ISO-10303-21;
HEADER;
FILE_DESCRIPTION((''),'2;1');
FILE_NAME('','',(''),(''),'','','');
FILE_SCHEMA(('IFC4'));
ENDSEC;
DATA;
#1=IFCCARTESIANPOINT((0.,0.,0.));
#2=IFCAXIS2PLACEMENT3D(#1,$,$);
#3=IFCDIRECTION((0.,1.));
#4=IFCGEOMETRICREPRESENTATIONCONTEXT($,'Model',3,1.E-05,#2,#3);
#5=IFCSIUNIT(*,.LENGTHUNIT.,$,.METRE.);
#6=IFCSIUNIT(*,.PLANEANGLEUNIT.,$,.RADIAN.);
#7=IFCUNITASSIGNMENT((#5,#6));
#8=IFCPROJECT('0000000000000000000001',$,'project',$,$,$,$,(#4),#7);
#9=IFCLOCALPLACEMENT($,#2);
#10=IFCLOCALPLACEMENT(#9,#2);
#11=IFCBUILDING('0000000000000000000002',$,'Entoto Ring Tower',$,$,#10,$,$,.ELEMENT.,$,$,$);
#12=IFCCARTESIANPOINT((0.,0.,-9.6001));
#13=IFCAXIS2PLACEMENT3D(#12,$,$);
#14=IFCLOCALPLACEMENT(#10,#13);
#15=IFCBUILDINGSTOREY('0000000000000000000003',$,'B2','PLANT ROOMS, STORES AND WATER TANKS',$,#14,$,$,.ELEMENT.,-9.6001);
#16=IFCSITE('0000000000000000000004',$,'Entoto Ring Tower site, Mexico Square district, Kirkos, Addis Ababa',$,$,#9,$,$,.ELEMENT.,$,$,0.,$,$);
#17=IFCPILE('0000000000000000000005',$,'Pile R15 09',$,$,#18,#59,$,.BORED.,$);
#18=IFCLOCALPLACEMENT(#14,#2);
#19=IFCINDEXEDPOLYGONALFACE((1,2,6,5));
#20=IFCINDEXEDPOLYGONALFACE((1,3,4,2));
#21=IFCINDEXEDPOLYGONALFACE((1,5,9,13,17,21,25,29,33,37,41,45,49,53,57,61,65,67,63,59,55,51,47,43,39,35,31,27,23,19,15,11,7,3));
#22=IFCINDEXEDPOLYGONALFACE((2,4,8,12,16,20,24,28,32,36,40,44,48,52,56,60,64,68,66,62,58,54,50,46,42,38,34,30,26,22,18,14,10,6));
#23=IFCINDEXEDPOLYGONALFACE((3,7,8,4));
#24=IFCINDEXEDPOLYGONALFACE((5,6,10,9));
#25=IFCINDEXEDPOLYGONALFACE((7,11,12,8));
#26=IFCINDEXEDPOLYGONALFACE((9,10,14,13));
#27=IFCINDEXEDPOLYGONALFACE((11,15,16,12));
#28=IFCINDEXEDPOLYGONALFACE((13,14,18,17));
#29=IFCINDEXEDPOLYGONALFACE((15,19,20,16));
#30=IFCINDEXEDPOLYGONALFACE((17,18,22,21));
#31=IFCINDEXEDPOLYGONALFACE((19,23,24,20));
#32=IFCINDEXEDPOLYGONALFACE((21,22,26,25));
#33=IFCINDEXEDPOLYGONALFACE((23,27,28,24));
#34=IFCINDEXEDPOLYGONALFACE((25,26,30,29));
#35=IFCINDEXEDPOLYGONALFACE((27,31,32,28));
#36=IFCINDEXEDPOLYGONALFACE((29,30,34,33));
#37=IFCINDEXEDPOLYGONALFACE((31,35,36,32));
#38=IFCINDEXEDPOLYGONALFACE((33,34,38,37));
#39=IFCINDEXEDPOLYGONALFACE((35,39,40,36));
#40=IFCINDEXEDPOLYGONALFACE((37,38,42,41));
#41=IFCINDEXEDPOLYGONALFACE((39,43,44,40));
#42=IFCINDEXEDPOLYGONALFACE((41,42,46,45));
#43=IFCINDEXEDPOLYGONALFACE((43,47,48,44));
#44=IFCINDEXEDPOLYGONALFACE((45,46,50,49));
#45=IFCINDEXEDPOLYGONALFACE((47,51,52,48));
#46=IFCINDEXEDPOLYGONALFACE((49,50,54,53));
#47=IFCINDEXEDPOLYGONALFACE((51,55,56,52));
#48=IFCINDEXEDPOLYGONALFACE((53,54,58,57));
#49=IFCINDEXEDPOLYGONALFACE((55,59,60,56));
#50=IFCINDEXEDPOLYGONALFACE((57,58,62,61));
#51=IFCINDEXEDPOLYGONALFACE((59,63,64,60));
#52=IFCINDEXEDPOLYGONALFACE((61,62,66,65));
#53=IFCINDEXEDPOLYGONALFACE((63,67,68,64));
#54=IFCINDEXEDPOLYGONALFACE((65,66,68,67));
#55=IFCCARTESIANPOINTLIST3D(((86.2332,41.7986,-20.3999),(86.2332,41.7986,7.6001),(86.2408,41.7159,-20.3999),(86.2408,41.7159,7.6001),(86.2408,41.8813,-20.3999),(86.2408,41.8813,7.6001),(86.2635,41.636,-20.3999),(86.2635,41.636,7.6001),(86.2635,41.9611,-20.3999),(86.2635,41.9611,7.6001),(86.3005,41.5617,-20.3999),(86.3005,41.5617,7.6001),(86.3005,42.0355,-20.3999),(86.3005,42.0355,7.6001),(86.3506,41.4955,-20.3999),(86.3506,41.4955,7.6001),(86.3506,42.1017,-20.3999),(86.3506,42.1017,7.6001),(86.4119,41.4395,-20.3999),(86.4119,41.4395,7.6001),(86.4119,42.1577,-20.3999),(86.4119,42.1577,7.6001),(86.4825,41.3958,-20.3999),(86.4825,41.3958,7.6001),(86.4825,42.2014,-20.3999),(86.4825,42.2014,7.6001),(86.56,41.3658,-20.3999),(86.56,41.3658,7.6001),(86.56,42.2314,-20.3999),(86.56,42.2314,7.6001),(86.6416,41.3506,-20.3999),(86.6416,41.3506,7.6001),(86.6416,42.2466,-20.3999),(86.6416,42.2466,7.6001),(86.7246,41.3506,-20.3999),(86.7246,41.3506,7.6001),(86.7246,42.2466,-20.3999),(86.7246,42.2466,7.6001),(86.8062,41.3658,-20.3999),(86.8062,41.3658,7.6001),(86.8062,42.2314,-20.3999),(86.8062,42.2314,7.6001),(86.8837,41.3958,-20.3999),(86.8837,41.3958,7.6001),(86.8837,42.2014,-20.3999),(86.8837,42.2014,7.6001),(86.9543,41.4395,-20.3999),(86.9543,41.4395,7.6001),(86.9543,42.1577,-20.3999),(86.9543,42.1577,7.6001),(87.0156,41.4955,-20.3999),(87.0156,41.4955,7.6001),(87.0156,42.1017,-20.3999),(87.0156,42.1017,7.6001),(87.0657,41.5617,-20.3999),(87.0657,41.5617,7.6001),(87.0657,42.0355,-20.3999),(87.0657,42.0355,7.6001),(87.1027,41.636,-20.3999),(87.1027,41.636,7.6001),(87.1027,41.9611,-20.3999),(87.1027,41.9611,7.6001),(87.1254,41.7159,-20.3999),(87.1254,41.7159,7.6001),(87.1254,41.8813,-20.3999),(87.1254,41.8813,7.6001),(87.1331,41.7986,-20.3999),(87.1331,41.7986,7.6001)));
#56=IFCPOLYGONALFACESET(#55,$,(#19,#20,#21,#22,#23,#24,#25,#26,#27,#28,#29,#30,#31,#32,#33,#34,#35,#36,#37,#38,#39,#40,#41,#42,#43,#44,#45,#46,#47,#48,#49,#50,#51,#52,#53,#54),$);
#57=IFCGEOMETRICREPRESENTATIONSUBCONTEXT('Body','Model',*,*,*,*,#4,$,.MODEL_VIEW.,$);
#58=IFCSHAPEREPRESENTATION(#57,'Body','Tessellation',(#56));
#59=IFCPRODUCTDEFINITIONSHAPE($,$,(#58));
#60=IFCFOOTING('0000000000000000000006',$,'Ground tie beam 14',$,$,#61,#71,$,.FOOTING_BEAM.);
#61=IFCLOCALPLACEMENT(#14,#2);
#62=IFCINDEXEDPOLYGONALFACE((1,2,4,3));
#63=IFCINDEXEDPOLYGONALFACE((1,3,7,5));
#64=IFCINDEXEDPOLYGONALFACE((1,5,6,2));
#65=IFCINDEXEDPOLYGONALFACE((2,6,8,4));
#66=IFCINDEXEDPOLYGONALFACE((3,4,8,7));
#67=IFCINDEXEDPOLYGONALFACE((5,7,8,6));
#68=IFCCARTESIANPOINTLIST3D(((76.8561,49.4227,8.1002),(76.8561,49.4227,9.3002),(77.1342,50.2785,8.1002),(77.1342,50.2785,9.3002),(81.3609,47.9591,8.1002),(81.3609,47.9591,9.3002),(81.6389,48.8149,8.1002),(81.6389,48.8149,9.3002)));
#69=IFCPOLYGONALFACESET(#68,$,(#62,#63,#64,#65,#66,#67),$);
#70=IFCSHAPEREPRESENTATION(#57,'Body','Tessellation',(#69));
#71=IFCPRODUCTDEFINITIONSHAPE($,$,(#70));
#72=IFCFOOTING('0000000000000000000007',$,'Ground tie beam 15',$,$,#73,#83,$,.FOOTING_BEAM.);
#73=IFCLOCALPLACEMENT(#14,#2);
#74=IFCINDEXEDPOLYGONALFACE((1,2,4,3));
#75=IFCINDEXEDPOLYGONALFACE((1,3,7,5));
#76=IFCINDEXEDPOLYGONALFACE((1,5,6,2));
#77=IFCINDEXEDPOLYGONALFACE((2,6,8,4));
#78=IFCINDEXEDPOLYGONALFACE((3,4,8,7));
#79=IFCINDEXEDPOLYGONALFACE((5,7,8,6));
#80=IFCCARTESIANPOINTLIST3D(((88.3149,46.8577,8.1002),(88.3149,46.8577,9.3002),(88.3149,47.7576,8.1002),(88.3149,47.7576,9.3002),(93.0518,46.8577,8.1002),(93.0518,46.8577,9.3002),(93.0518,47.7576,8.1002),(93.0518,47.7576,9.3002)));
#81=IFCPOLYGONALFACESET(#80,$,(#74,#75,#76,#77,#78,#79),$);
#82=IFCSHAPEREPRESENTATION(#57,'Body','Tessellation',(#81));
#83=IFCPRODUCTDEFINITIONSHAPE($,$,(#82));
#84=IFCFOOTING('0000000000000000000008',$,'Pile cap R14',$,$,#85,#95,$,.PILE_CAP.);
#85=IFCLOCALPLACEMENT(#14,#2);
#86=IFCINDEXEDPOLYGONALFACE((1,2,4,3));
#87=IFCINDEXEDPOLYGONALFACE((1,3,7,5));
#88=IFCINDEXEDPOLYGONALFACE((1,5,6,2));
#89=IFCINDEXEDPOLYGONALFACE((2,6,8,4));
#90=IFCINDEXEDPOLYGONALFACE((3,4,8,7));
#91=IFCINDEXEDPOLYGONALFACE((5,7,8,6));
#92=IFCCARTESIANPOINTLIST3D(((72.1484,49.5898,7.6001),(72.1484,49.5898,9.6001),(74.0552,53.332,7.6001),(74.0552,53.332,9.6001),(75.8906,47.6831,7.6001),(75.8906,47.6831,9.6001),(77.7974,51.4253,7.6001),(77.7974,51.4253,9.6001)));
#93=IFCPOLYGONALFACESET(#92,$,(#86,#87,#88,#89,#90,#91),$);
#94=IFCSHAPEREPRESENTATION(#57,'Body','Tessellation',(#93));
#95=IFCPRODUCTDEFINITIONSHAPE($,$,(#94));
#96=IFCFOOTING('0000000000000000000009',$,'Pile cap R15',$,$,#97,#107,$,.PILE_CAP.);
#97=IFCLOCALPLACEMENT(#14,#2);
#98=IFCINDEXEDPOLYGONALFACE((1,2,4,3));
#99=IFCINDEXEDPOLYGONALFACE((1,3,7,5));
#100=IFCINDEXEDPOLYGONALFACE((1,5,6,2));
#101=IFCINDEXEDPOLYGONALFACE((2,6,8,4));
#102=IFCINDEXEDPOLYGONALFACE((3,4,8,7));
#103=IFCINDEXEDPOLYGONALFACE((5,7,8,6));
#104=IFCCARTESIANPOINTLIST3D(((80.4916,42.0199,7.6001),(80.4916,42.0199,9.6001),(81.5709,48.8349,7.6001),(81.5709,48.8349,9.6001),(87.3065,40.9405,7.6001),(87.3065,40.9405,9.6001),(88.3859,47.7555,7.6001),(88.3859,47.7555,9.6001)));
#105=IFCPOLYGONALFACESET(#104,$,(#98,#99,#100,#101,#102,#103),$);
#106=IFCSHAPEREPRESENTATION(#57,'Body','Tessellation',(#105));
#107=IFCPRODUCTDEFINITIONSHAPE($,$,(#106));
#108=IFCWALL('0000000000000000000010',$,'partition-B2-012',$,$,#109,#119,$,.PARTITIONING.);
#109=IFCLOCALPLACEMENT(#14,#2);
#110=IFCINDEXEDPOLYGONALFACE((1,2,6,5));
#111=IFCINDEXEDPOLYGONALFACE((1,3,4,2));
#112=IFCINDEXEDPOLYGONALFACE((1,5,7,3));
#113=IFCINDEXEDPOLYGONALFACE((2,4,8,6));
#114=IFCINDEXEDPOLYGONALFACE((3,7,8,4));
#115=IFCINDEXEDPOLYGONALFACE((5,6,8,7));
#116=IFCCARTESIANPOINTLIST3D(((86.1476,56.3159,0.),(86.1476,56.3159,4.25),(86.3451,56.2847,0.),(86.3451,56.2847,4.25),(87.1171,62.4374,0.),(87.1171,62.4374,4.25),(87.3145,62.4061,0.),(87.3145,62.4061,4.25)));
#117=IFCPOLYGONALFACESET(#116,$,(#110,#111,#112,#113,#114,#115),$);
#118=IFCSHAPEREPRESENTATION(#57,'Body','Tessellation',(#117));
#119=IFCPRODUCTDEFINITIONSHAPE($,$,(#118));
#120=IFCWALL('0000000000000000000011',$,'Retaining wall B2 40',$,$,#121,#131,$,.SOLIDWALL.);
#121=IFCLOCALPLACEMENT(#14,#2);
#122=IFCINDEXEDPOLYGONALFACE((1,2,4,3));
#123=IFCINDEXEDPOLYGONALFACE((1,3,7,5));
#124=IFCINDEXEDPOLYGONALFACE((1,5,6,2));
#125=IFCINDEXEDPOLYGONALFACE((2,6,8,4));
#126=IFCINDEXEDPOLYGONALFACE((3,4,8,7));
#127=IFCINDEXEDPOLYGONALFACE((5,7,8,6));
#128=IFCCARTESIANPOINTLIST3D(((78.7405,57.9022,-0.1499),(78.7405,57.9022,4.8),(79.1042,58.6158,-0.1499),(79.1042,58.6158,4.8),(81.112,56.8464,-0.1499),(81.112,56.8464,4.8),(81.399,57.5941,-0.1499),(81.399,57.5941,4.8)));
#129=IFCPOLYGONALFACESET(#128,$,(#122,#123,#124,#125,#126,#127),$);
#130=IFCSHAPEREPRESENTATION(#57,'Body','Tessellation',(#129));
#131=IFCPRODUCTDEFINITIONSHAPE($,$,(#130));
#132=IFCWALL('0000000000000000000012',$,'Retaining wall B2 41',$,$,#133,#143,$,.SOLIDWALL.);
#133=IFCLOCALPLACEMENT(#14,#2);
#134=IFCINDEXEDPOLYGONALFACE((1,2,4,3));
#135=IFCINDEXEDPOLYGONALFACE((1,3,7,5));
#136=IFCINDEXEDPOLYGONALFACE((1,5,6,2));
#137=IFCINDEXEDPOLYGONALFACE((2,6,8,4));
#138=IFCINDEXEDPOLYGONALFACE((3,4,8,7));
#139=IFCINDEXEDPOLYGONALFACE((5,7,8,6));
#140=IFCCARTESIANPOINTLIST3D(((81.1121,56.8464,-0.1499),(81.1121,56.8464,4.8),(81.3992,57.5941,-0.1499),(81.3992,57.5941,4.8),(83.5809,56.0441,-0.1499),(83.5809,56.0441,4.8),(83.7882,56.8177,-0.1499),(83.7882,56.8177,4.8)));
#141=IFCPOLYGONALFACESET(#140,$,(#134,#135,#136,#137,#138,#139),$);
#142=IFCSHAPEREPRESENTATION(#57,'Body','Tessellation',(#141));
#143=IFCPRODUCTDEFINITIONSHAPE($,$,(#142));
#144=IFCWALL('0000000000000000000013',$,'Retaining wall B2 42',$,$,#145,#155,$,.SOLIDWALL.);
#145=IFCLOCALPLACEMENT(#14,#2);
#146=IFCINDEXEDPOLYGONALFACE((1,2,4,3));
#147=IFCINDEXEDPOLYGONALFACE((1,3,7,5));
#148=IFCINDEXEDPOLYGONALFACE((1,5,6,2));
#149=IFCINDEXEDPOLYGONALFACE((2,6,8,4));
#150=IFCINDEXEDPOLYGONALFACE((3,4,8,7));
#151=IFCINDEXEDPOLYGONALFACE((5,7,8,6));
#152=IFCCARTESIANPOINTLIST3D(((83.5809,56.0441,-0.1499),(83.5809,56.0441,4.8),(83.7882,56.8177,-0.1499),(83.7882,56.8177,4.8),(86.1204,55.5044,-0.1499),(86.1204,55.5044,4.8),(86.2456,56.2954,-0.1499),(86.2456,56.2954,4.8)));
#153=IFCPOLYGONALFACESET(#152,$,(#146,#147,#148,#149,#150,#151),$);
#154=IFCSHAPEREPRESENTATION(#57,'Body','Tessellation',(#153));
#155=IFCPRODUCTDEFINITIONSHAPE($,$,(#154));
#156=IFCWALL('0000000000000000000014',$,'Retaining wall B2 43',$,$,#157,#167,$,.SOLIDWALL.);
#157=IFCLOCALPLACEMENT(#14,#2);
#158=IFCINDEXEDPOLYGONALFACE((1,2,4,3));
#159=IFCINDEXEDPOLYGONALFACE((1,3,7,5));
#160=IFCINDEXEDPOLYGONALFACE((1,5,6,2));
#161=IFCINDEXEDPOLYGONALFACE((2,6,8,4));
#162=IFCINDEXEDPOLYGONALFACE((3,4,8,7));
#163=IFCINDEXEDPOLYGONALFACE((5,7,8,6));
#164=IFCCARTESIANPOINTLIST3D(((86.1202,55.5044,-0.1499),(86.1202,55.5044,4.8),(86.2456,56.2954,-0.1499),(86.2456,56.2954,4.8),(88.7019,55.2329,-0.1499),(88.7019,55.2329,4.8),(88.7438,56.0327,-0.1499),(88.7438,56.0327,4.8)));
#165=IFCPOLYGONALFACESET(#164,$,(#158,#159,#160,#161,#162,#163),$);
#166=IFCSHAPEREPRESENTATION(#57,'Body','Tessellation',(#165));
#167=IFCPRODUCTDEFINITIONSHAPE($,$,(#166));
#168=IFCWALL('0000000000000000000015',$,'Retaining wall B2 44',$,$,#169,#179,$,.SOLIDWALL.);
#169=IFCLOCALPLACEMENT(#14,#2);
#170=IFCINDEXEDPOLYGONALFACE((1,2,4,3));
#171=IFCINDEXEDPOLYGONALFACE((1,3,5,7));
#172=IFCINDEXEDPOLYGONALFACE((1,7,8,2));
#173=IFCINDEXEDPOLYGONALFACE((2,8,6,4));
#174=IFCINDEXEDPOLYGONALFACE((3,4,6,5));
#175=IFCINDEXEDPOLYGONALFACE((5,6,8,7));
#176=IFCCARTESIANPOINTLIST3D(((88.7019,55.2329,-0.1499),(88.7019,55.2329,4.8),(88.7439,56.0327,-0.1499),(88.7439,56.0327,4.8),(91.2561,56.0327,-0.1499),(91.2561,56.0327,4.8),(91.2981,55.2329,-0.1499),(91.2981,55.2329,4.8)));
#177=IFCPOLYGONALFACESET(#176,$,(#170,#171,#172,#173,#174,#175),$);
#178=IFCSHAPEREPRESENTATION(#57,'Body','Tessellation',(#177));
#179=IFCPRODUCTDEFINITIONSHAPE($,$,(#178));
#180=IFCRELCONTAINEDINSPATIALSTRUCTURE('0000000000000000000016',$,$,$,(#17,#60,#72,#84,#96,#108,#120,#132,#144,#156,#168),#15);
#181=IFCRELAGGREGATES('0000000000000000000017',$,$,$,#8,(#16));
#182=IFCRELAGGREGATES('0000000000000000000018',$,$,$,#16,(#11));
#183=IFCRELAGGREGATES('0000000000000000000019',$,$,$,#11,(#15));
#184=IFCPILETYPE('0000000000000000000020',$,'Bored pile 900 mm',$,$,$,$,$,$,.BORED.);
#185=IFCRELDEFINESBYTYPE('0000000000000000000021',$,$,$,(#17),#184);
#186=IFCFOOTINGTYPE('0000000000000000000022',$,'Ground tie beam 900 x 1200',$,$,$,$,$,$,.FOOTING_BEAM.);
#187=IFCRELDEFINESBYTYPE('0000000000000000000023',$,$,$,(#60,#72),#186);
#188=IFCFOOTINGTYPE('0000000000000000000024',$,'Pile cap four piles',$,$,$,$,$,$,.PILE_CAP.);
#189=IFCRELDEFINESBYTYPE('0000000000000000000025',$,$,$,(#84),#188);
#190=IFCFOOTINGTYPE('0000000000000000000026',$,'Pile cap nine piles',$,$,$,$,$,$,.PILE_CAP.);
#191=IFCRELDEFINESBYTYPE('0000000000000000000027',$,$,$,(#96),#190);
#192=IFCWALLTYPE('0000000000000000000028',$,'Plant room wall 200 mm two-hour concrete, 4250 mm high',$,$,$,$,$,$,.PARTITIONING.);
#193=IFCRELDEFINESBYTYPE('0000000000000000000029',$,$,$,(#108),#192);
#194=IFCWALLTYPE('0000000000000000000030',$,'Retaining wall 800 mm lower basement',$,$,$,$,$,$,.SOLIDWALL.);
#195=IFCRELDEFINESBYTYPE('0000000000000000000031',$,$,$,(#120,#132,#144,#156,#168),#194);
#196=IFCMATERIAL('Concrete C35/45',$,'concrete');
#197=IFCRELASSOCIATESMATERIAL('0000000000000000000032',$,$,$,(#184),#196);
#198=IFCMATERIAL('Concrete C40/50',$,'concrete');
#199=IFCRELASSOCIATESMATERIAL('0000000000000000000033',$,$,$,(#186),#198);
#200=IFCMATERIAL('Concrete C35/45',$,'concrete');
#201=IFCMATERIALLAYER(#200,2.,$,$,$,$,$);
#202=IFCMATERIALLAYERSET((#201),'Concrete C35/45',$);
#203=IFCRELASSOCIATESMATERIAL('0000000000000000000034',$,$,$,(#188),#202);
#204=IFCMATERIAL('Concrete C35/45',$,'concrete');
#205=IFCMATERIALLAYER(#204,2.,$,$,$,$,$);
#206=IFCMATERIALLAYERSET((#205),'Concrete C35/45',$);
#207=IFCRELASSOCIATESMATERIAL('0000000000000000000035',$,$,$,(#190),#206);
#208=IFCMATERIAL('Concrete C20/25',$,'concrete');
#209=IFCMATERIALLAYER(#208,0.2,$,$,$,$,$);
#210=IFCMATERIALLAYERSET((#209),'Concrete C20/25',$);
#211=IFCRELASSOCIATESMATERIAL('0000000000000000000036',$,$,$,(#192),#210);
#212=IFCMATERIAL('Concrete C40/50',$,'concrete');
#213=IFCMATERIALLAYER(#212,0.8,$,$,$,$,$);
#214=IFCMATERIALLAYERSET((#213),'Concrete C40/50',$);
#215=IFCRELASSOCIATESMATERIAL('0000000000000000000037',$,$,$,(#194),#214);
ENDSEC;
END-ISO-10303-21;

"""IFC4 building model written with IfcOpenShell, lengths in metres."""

from ifc_helpers import new_model, si_unit, direction, frame, frame_2d, origin, origin_2d, place, context, subcontext, project, spatial, polyline, rectangle, circle, outline, extrude, material, layer, layer_set, material_profile, profile_set, type_object, element, save


model = new_model("IFC4")

# Units and contexts
model_context = context("Model", 3, precision=1e-05, world=origin(), true_north=direction((0.0, 1.0)))
body_context = subcontext(model_context, "Body", "Model", "MODEL_VIEW")
ifc_project = project(units=[si_unit("LENGTHUNIT", "METRE"), si_unit("PLANEANGLEUNIT", "RADIAN")], contexts=[model_context])

# Site, building, storey
site_placement = place(None, origin())
site = spatial("IfcSite", under=ifc_project, at=site_placement, Name="Entoto Ring Tower site, Mexico Square district, Kirkos, Addis Ababa", CompositionType="ELEMENT", RefElevation=0.0)
building_placement = place(site_placement, origin())
building = spatial("IfcBuilding", under=site, at=building_placement, Name="Entoto Ring Tower", CompositionType="ELEMENT")
storey_placement = place(building_placement, frame((0.0, 0.0, -9.6001)))
storey = spatial("IfcBuildingStorey", under=building, at=storey_placement, Name="B2", Description="PLANT ROOMS, STORES AND WATER TANKS", CompositionType="ELEMENT", Elevation=-9.6001)

# Pile
ifc_material_1 = material(Name="Concrete C35/45", Category="concrete")
ifc_material_profile_1 = material_profile(ifc_material_1, circle(Radius=0.45, at=origin_2d()), Name="Bored pile 900 mm")
ifc_profile_set_1 = profile_set([ifc_material_profile_1], Name="Concrete C35/45")
pile_type = type_object("IfcPileType", Name="Bored pile 900 mm", PredefinedType="BORED", material=ifc_profile_set_1)
for number, where, z_axis, x_axis, name in (
    (1, (86.6831, 41.7986, 7.6001), (0.0, 0.0, -1.0), (1.0, 0.0, 0.0), "Pile R15 09"),
):
    element("IfcPile", number, at=place(storey_placement, frame(where, z_axis=z_axis, x_axis=x_axis)), inside=storey, type_object=pile_type, Name=name, PredefinedType="BORED", context=body_context, shape_type="SweptSolid", body=[
        extrude(circle(Radius=0.45, at=origin_2d()), origin(), (0.0, 0.0, 1.0), 28.0),
    ])

# Footings
ifc_material_2 = material(Name="Concrete C40/50", Category="concrete")
ifc_material_profile_2 = material_profile(ifc_material_2, rectangle(XDim=0.8999, YDim=1.2, at=origin_2d()), Name="Ground tie beam 900 x 1200")
ifc_profile_set_2 = profile_set([ifc_material_profile_2], Name="Concrete C40/50")
footing_type_1 = type_object("IfcFootingType", Name="Ground tie beam 900 x 1200", PredefinedType="FOOTING_BEAM", material=ifc_profile_set_2)
footing_1_placement = place(storey_placement, frame((76.9951, 49.8506, 8.7002), z_axis=(0.951063, -0.308997, 0.0), x_axis=(0.308997, 0.951063, 0.0)))
element("IfcFooting", 2, at=footing_1_placement, inside=storey, type_object=footing_type_1, Name="Ground tie beam 14", PredefinedType="FOOTING_BEAM", context=body_context, shape_type="SweptSolid", body=[
    extrude(rectangle(XDim=0.8999, YDim=1.2, at=origin_2d()), origin(), (0.0, 0.0, 1.0), 4.7366),
])
footing_2_placement = place(storey_placement, frame((88.3149, 47.3076, 8.7002), z_axis=(1.0, 0.0, 0.0), x_axis=(0.0, 1.0, 0.0)))
element("IfcFooting", 3, at=footing_2_placement, inside=storey, type_object=footing_type_1, Name="Ground tie beam 15", PredefinedType="FOOTING_BEAM", context=body_context, shape_type="SweptSolid", body=[
    extrude(rectangle(XDim=0.8999, YDim=1.2, at=origin_2d()), origin(), (0.0, 0.0, 1.0), 4.7368),
])
ifc_material_3 = material(Name="Concrete C35/45", Category="concrete")
ifc_layer_1 = layer(ifc_material_3, 2.0)
ifc_layer_set_1 = layer_set([ifc_layer_1], Name="Concrete C35/45")
footing_type_2 = type_object("IfcFootingType", Name="Pile cap four piles", PredefinedType="PILE_CAP", material=ifc_layer_set_1)
footing_3_placement = place(storey_placement, frame((74.9729, 50.5076, 7.6001), z_axis=(0.0, 0.0, 1.0), x_axis=(-0.45399, -0.891007, 0.0)))
element("IfcFooting", 4, at=footing_3_placement, inside=storey, type_object=footing_type_2, Name="Pile cap R14", PredefinedType="PILE_CAP", context=body_context, shape_type="SweptSolid", body=[
    extrude(rectangle(XDim=4.2, YDim=4.2, at=origin_2d()), origin(), (0.0, 0.0, 1.0), 2.0),
])
ifc_material_4 = material(Name="Concrete C35/45", Category="concrete")
ifc_layer_2 = layer(ifc_material_4, 2.0)
ifc_layer_set_2 = layer_set([ifc_layer_2], Name="Concrete C35/45")
footing_type_3 = type_object("IfcFootingType", Name="Pile cap nine piles", PredefinedType="PILE_CAP", material=ifc_layer_set_2)
footing_4_placement = place(storey_placement, frame((84.4387, 44.8877, 7.6001), z_axis=(0.0, 0.0, 1.0), x_axis=(-0.156434, -0.987688, 0.0)))
element("IfcFooting", 5, at=footing_4_placement, inside=storey, type_object=footing_type_3, Name="Pile cap R15", PredefinedType="PILE_CAP", context=body_context, shape_type="SweptSolid", body=[
    extrude(rectangle(XDim=6.8999, YDim=6.8999, at=origin_2d()), origin(), (0.0, 0.0, 1.0), 2.0),
])

# Walls
ifc_material_5 = material(Name="Concrete C20/25", Category="concrete")
ifc_layer_3 = layer(ifc_material_5, 0.2)
ifc_layer_set_3 = layer_set([ifc_layer_3], Name="Concrete C20/25")
wall_type_1 = type_object("IfcWallType", Name="Plant room wall 200 mm two-hour concrete, 4250 mm high", PredefinedType="PARTITIONING", material=ifc_layer_set_3)
wall_1_placement = place(storey_placement, frame((86.2463, 56.3003, 0.0), z_axis=(0.0, 0.0, 1.0), x_axis=(0.156422, 0.98769, 0.0)))
element("IfcWall", 6, at=wall_1_placement, inside=storey, type_object=wall_type_1, Name="partition-B2-012", PredefinedType="PARTITIONING", context=body_context, shape_type="SweptSolid", body=[
    extrude(rectangle(XDim=6.1978, YDim=0.2, at=frame_2d((3.0989, 0.0))), origin(), (0.0, 0.0, 1.0), 4.25),
])
ifc_material_6 = material(Name="Concrete C40/50", Category="concrete")
ifc_layer_4 = layer(ifc_material_6, 0.8)
ifc_layer_set_4 = layer_set([ifc_layer_4], Name="Concrete C40/50")
wall_type_2 = type_object("IfcWallType", Name="Retaining wall 800 mm lower basement", PredefinedType="SOLIDWALL", material=ifc_layer_set_4)
for number, where, z_axis, x_axis, name in (
    (7, (78.9224, 58.259, -0.1499), (0.0, 0.0, 1.0), (0.913547, -0.406733, 0.0), "Retaining wall B2 40"),
    (8, (81.2556, 57.2202, -0.1499), (0.0, 0.0, 1.0), (0.951046, -0.309049, 0.0), "Retaining wall B2 41"),
):
    element("IfcWall", number, at=place(storey_placement, frame(where, z_axis=z_axis, x_axis=x_axis)), inside=storey, type_object=wall_type_2, Name=name, PredefinedType="SOLIDWALL", context=body_context, shape_type="SweptSolid", body=[
        extrude(outline(polyline([(-0.021, -0.3999), (2.575, -0.3999), (2.533, 0.3999), (0.021, 0.3999), (-0.021, -0.3999)])), origin(), (0.0, 0.0, 1.0), 4.95),
    ])
wall_2_placement = place(storey_placement, frame((83.6846, 56.4309, -0.1499), z_axis=(0.0, 0.0, 1.0), x_axis=(0.978149, -0.207903, 0.0)))
element("IfcWall", 9, at=wall_2_placement, inside=storey, type_object=wall_type_2, Name="Retaining wall B2 42", PredefinedType="SOLIDWALL", context=body_context, shape_type="SweptSolid", body=[
    extrude(outline(polyline([(-0.021, -0.3999), (2.5752, -0.3999), (2.5332, 0.3999), (0.021, 0.3999), (-0.021, -0.3999)])), origin(), (0.0, 0.0, 1.0), 4.95),
])
wall_3_placement = place(storey_placement, frame((86.1829, 55.8999, -0.1499), z_axis=(0.0, 0.0, 1.0), x_axis=(0.994517, -0.104575, 0.0)))
element("IfcWall", 10, at=wall_3_placement, inside=storey, type_object=wall_type_2, Name="Retaining wall B2 43", PredefinedType="SOLIDWALL", context=body_context, shape_type="SweptSolid", body=[
    extrude(outline(polyline([(-0.021, -0.3999), (2.575, -0.3999), (2.533, 0.3999), (0.021, 0.3999), (-0.021, -0.3999)])), origin(), (0.0, 0.0, 1.0), 4.95),
])
wall_4_placement = place(storey_placement, frame((88.7229, 55.6328, -0.1499), z_axis=(0.0, 0.0, 1.0), x_axis=(1.0, 0.0, 0.0)))
element("IfcWall", 11, at=wall_4_placement, inside=storey, type_object=wall_type_2, Name="Retaining wall B2 44", PredefinedType="SOLIDWALL", context=body_context, shape_type="SweptSolid", body=[
    extrude(outline(polyline([(-0.021, -0.3999), (2.5752, -0.3999), (2.5332, 0.3999), (0.021, 0.3999), (-0.021, -0.3999)])), origin(), (0.0, 0.0, 1.0), 4.95),
])

save(model, "model.ifc")
